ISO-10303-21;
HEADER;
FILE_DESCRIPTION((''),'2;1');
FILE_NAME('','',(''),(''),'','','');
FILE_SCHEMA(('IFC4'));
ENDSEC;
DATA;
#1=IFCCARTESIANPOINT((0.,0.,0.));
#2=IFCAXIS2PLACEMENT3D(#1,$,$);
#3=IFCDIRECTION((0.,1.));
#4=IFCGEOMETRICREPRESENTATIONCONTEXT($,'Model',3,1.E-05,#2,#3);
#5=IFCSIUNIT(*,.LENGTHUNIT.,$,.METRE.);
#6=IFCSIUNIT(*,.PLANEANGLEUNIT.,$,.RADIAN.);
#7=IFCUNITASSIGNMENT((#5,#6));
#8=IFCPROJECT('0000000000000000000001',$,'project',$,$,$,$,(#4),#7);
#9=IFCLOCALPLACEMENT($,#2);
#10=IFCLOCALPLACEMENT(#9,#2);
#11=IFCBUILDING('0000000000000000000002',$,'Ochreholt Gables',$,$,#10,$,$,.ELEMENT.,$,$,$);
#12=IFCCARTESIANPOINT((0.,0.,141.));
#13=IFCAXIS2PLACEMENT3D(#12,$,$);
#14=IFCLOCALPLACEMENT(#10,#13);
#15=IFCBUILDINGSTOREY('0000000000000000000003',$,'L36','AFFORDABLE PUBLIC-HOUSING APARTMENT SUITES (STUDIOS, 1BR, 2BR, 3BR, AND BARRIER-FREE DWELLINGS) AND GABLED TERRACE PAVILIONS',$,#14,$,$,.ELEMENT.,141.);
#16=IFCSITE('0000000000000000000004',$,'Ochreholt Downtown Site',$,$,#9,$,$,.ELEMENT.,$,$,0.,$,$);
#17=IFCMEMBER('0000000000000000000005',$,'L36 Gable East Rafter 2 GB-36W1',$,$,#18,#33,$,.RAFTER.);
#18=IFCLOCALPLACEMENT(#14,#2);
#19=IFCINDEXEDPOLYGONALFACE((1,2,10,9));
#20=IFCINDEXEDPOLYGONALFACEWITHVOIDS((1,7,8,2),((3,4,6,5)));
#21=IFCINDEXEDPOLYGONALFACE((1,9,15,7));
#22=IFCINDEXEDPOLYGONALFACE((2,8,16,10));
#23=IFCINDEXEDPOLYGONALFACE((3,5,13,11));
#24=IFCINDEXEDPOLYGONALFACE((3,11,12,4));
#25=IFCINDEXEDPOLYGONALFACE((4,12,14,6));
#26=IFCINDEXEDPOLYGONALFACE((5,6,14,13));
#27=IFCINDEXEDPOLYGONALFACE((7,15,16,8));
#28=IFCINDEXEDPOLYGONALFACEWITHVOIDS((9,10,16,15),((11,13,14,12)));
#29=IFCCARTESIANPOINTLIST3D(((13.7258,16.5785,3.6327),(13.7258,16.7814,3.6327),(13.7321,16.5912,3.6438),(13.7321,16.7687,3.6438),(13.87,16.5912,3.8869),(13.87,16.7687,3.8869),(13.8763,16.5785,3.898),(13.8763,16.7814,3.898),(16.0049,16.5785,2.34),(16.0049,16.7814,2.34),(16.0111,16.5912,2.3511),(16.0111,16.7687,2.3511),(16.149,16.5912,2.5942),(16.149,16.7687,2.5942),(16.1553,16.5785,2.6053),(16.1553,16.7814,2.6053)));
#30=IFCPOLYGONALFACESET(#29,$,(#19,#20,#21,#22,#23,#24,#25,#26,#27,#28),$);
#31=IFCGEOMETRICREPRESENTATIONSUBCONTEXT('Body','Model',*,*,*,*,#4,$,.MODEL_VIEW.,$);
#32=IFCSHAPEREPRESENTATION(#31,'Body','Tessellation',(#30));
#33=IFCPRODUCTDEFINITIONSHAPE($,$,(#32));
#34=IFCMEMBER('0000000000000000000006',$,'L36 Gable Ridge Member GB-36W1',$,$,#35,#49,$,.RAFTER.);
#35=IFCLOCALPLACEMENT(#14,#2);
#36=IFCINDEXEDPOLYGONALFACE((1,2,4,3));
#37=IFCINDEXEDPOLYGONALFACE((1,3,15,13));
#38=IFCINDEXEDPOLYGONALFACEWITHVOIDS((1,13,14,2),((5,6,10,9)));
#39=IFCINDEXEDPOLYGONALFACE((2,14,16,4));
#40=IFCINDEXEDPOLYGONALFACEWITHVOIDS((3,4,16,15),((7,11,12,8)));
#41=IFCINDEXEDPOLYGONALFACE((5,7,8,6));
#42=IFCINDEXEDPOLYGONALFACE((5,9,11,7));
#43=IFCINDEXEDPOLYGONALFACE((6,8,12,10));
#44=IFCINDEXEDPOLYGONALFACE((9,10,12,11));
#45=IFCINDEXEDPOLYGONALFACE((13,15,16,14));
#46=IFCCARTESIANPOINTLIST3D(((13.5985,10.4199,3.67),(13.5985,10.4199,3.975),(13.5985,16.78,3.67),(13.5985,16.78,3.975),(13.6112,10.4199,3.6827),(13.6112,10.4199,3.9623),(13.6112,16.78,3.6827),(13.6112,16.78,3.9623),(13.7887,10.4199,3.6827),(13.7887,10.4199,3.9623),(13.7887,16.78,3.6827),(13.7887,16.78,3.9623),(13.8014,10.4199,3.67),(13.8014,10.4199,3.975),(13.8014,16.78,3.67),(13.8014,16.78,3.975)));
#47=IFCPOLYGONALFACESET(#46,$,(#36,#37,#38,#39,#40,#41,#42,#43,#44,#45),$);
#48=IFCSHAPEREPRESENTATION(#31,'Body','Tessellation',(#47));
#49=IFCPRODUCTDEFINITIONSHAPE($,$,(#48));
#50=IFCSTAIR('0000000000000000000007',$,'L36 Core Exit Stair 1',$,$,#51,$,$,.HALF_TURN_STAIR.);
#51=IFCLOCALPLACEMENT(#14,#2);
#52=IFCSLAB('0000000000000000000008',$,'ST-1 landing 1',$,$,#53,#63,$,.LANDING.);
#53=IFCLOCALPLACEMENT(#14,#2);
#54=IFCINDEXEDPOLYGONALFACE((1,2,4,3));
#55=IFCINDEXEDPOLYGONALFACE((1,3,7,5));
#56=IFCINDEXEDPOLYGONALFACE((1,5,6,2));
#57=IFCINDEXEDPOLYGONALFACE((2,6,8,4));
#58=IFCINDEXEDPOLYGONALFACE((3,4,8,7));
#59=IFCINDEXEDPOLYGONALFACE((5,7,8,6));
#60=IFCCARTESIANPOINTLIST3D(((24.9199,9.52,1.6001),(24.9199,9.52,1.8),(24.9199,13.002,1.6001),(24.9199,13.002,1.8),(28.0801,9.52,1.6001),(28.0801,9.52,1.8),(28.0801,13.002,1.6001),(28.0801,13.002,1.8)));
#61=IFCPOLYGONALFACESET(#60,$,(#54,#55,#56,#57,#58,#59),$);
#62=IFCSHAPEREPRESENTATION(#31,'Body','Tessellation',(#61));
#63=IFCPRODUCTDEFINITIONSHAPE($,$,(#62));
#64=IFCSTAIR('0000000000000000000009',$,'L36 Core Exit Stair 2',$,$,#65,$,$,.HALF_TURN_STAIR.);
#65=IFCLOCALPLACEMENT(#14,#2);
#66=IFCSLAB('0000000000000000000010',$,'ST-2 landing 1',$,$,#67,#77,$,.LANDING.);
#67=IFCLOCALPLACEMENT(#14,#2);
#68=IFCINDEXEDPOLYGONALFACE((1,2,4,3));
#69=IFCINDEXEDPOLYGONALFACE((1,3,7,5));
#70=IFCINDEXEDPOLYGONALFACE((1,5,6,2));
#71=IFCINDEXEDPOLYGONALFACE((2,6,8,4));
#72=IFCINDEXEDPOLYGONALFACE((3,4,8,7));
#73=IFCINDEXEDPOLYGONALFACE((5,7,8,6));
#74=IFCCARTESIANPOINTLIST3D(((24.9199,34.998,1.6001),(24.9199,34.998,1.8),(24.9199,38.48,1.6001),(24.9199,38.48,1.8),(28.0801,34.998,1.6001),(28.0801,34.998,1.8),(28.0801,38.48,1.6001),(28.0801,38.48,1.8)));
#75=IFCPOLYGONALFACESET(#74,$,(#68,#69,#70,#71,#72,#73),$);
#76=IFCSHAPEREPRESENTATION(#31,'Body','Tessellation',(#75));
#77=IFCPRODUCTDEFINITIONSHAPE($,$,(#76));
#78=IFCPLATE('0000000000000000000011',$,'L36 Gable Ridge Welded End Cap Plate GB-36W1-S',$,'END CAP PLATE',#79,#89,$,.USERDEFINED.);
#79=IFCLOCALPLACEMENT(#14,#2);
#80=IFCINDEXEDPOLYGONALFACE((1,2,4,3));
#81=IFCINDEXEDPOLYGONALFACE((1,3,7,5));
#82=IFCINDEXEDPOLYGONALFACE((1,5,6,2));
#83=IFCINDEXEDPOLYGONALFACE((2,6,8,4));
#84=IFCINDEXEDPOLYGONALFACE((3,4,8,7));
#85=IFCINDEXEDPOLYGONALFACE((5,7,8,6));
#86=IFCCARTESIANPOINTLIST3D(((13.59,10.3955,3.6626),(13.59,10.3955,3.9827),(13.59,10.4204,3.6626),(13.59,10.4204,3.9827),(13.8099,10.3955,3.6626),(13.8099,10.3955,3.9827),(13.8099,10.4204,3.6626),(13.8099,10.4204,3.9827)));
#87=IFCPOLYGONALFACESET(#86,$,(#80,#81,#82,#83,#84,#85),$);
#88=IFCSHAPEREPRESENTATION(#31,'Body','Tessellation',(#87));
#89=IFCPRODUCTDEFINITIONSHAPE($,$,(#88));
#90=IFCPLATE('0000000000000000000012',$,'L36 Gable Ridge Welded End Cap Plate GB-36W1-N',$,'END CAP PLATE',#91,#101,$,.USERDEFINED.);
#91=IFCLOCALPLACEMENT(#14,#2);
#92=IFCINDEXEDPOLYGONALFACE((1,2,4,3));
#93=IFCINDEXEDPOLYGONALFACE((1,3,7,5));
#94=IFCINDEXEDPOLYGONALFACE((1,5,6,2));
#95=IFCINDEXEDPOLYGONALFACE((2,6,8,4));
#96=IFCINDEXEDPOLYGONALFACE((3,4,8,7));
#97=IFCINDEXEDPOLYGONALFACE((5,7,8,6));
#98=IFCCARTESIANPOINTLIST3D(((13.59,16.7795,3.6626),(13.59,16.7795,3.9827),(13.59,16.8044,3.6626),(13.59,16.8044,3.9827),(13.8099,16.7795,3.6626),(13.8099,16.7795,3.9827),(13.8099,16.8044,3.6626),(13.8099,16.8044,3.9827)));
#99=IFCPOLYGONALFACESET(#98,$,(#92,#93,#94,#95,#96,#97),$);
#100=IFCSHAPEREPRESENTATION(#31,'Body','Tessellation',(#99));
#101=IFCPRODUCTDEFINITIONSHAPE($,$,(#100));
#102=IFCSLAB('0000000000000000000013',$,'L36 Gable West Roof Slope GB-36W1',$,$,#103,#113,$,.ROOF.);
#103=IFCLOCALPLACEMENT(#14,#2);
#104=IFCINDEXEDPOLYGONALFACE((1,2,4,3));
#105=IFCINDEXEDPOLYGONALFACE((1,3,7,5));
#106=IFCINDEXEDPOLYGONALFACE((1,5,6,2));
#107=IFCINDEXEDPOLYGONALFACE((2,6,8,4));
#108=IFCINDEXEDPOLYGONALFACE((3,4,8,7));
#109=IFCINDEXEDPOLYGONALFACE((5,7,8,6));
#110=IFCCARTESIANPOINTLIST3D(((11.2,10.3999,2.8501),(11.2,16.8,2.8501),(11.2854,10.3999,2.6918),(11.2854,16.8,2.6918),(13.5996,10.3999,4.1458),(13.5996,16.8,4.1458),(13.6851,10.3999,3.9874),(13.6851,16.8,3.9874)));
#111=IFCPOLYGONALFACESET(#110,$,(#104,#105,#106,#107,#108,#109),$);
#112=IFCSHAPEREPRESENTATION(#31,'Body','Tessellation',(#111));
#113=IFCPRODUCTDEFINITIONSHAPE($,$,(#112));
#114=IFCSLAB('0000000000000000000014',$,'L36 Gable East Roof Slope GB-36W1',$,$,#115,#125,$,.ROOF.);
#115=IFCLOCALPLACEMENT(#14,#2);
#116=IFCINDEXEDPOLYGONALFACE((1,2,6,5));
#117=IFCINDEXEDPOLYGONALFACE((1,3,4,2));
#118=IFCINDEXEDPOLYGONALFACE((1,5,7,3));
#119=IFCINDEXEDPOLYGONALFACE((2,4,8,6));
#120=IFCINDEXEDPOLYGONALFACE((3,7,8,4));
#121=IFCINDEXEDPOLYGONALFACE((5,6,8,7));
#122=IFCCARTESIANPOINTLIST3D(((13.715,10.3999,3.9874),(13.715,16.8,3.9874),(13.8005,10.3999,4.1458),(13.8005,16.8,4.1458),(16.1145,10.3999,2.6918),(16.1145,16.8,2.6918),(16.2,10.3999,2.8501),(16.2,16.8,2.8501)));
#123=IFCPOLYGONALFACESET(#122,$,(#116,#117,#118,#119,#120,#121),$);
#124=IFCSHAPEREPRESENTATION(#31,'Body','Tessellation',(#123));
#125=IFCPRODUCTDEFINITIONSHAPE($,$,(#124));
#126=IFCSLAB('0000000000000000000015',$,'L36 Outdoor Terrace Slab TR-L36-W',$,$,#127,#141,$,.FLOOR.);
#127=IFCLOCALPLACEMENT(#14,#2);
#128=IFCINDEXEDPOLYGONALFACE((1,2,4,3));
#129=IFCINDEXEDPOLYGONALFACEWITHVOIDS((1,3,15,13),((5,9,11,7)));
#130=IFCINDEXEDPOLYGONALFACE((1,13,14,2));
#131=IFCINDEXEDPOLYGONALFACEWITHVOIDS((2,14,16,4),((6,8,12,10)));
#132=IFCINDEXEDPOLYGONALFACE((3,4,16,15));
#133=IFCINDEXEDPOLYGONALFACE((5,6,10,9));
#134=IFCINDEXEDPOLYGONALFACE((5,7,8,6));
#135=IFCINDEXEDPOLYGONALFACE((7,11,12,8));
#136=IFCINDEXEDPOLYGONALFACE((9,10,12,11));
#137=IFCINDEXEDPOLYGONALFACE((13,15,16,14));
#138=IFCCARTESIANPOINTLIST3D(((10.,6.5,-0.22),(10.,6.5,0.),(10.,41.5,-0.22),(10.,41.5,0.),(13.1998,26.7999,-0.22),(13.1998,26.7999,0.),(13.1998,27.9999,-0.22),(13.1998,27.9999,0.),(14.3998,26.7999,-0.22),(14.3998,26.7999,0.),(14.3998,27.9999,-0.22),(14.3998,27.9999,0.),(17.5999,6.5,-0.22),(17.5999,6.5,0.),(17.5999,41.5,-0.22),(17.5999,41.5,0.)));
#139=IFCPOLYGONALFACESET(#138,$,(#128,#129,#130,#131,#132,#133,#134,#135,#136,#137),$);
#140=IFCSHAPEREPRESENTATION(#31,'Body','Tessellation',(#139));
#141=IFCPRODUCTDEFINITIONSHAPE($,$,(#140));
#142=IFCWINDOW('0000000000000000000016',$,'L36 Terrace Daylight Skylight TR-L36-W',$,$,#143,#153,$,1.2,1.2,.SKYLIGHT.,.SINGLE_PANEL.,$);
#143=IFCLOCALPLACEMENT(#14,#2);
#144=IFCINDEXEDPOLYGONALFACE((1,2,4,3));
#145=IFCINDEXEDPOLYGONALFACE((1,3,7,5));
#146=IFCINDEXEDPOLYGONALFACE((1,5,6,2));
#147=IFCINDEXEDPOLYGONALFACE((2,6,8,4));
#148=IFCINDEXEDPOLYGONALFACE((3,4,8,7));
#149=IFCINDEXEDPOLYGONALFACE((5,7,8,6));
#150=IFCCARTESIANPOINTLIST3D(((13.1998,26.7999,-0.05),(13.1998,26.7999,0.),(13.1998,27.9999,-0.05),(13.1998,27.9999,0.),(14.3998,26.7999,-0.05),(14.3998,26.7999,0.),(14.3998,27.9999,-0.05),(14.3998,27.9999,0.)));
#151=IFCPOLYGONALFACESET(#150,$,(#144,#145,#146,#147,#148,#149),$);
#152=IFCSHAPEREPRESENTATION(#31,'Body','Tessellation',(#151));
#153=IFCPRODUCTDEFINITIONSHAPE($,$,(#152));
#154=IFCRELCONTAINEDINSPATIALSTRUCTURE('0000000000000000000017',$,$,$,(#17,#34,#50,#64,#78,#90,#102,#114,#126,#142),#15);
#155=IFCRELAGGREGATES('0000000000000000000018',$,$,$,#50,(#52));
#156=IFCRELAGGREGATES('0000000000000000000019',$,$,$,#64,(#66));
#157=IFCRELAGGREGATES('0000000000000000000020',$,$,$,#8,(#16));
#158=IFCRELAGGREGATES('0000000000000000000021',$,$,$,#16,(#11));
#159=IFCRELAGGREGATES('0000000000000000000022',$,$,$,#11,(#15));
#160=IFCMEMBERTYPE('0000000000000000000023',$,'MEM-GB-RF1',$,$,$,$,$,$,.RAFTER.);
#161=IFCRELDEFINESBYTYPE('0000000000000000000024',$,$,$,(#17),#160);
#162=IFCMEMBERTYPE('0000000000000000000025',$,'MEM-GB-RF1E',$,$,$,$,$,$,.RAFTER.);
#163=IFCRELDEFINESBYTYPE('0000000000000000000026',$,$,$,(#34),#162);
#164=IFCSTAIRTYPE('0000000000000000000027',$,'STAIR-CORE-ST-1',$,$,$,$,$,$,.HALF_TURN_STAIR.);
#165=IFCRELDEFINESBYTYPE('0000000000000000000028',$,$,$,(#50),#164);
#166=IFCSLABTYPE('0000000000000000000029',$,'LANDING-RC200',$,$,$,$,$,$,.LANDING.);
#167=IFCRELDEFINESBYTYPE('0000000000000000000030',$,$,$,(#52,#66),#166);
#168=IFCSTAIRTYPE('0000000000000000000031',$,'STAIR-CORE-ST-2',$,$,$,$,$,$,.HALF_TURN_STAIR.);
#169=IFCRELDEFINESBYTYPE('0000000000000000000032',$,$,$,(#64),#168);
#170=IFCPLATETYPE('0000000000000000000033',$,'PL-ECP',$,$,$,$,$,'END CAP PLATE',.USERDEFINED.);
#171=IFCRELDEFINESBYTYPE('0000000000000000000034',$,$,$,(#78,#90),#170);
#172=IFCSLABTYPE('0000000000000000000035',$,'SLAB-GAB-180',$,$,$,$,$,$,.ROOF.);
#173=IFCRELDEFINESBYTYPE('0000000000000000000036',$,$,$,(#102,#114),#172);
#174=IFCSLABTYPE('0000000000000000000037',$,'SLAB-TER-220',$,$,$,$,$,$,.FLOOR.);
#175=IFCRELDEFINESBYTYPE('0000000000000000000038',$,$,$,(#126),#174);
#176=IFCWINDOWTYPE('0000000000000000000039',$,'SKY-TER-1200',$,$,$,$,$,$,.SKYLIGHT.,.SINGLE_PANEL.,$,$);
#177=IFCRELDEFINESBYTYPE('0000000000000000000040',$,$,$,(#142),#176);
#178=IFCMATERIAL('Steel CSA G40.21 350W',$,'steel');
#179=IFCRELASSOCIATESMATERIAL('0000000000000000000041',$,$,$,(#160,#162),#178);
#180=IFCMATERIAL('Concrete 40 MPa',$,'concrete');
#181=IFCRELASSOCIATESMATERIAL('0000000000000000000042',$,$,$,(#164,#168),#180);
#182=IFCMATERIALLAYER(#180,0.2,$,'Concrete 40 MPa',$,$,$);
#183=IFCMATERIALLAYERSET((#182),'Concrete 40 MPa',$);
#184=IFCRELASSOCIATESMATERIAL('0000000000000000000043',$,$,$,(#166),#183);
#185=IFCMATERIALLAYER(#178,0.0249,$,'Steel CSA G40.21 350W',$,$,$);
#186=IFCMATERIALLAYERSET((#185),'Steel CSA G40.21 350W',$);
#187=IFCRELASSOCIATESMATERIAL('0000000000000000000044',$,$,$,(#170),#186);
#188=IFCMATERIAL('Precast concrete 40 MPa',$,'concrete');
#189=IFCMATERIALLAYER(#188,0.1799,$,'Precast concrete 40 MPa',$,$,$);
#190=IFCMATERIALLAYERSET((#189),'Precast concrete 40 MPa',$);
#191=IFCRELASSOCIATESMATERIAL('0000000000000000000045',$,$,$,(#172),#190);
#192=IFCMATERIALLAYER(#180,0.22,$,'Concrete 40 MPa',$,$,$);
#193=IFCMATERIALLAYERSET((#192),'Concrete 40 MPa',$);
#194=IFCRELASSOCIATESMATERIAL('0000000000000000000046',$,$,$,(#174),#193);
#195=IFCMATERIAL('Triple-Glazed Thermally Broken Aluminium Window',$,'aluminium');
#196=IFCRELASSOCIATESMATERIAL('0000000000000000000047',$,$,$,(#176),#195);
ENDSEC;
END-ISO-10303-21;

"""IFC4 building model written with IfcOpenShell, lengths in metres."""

from ifc_helpers import new_model, si_unit, direction, frame, origin, origin_2d, place, context, subcontext, project, spatial, polyline, rectangle, hollow_rectangle, outline, extrude, material, layer, layer_set, material_profile, profile_set, type_object, element, fill, aggregate, save


model = new_model("IFC4")

# Units and contexts
model_context = context("Model", 3, precision=1e-05, world=origin(), true_north=direction((0.0, 1.0)))
body_context = subcontext(model_context, "Body", "Model", "MODEL_VIEW")
ifc_project = project(units=[si_unit("LENGTHUNIT", "METRE"), si_unit("PLANEANGLEUNIT", "RADIAN")], contexts=[model_context])

# Site, building, storey
site_placement = place(None, origin())
site = spatial("IfcSite", under=ifc_project, at=site_placement, Name="Ochreholt Downtown Site", CompositionType="ELEMENT", RefElevation=0.0)
building_placement = place(site_placement, origin())
building = spatial("IfcBuilding", under=site, at=building_placement, Name="Ochreholt Gables", CompositionType="ELEMENT")
storey_placement = place(building_placement, frame((0.0, 0.0, 141.0)))
storey = spatial("IfcBuildingStorey", under=building, at=storey_placement, Name="L36", Description="AFFORDABLE PUBLIC-HOUSING APARTMENT SUITES (STUDIOS, 1BR, 2BR, 3BR, AND BARRIER-FREE DWELLINGS) AND GABLED TERRACE PAVILIONS", CompositionType="ELEMENT", Elevation=141.0)

# Members
ifc_material_1 = material(Name="Steel CSA G40.21 350W", Category="steel")
ifc_material_profile_1 = material_profile(ifc_material_1, hollow_rectangle(XDim=0.2029, YDim=0.3049, WallThickness=0.0127, at=origin_2d()), Name="HSS305X203X13")
ifc_profile_set_1 = profile_set([ifc_material_profile_1], Name="Steel CSA G40.21 350W")
member_type_1 = type_object("IfcMemberType", Name="MEM-GB-RF1", PredefinedType="RAFTER", material=ifc_profile_set_1)
member_1_placement = place(storey_placement, frame((16.0801, 16.6799, 2.4727), z_axis=(-0.869816, 0.0, 0.493377), x_axis=(0.0, -1.0, 0.0)))
element("IfcMember", 1, at=member_1_placement, inside=storey, type_object=member_type_1, Name="L36 Gable East Rafter 2 GB-36W1", PredefinedType="RAFTER", context=body_context, shape_type="SweptSolid", body=[
    extrude(hollow_rectangle(XDim=0.2029, YDim=0.3049, WallThickness=0.0127, at=origin_2d()), origin(), (0.0, 0.0, 1.0), 2.6201),
])
ifc_material_profile_2 = material_profile(ifc_material_1, hollow_rectangle(XDim=0.2029, YDim=0.3049, WallThickness=0.0127, at=origin_2d()), Name="HSS305X203X13")
ifc_profile_set_2 = profile_set([ifc_material_profile_2], Name="Steel CSA G40.21 350W")
member_type_2 = type_object("IfcMemberType", Name="MEM-GB-RF1E", PredefinedType="RAFTER", material=ifc_profile_set_2)
member_2_placement = place(storey_placement, frame((13.7, 10.4199, 3.8225), z_axis=(0.0, 1.0, 0.0), x_axis=(-1.0, 0.0, 0.0)))
element("IfcMember", 2, at=member_2_placement, inside=storey, type_object=member_type_2, Name="L36 Gable Ridge Member GB-36W1", PredefinedType="RAFTER", context=body_context, shape_type="SweptSolid", body=[
    extrude(hollow_rectangle(XDim=0.2029, YDim=0.3049, WallThickness=0.0127, at=origin_2d()), origin(), (0.0, 0.0, 1.0), 6.3601),
])

# Stairs, slabs
ifc_material_2 = material(Name="Concrete 40 MPa", Category="concrete")
stair_type_1 = type_object("IfcStairType", Name="STAIR-CORE-ST-1", PredefinedType="HALF_TURN_STAIR", material=ifc_material_2)
stair_1_placement = place(storey_placement, origin())
stair_1 = element("IfcStair", 3, at=stair_1_placement, inside=storey, type_object=stair_type_1, Name="L36 Core Exit Stair 1", PredefinedType="HALF_TURN_STAIR")
ifc_layer_1 = layer(ifc_material_2, 0.2, Name="Concrete 40 MPa")
ifc_layer_set_1 = layer_set([ifc_layer_1], Name="Concrete 40 MPa")
slab_type_1 = type_object("IfcSlabType", Name="LANDING-RC200", PredefinedType="LANDING", material=ifc_layer_set_1)
slab_1_placement = place(storey_placement, frame((0.0, 0.0, 1.6001)))
slab_1 = element("IfcSlab", 4, at=slab_1_placement, type_object=slab_type_1, Name="ST-1 landing 1", PredefinedType="LANDING", context=body_context, shape_type="SweptSolid", body=[
    extrude(outline(polyline([(24.9199, 13.002), (24.9199, 9.52), (28.0801, 9.52), (28.0801, 13.002), (24.9199, 13.002)])), origin(), (0.0, 0.0, 1.0), 0.2),
])
aggregate(stair_1, [slab_1])
stair_type_2 = type_object("IfcStairType", Name="STAIR-CORE-ST-2", PredefinedType="HALF_TURN_STAIR", material=ifc_material_2)
stair_2_placement = place(storey_placement, origin())
stair_2 = element("IfcStair", 5, at=stair_2_placement, inside=storey, type_object=stair_type_2, Name="L36 Core Exit Stair 2", PredefinedType="HALF_TURN_STAIR")
slab_2_placement = place(storey_placement, frame((0.0, 0.0, 1.6001)))
slab_2 = element("IfcSlab", 6, at=slab_2_placement, type_object=slab_type_1, Name="ST-2 landing 1", PredefinedType="LANDING", context=body_context, shape_type="SweptSolid", body=[
    extrude(outline(polyline([(28.0801, 34.998), (28.0801, 38.48), (24.9199, 38.48), (24.9199, 34.998), (28.0801, 34.998)])), origin(), (0.0, 0.0, 1.0), 0.2),
])
aggregate(stair_2, [slab_2])

# Plates
ifc_layer_2 = layer(ifc_material_1, 0.0249, Name="Steel CSA G40.21 350W")
ifc_layer_set_2 = layer_set([ifc_layer_2], Name="Steel CSA G40.21 350W")
plate_type = type_object("IfcPlateType", Name="PL-ECP", ElementType="END CAP PLATE", PredefinedType="USERDEFINED", material=ifc_layer_set_2)
for number, where, z_axis, x_axis, name in (
    (7, (13.7, 10.408, 3.6626), (0.0, 0.0, 1.0), (1.0, 0.0, 0.0), "L36 Gable Ridge Welded End Cap Plate GB-36W1-S"),
    (8, (13.7, 16.792, 3.6626), (0.0, 0.0, 1.0), (1.0, 0.0, 0.0), "L36 Gable Ridge Welded End Cap Plate GB-36W1-N"),
):
    element("IfcPlate", number, at=place(storey_placement, frame(where, z_axis=z_axis, x_axis=x_axis)), inside=storey, type_object=plate_type, Name=name, ObjectType="END CAP PLATE", PredefinedType="USERDEFINED", context=body_context, shape_type="SweptSolid", body=[
        extrude(rectangle(XDim=0.22, YDim=0.0249, at=origin_2d()), origin(), (0.0, 0.0, 1.0), 0.3201),
    ])

# Slabs
ifc_material_3 = material(Name="Precast concrete 40 MPa", Category="concrete")
ifc_layer_3 = layer(ifc_material_3, 0.1799, Name="Precast concrete 40 MPa")
ifc_layer_set_3 = layer_set([ifc_layer_3], Name="Precast concrete 40 MPa")
slab_type_2 = type_object("IfcSlabType", Name="SLAB-GAB-180", PredefinedType="ROOF", material=ifc_layer_set_3)
slab_3_placement = place(storey_placement, frame((11.2, 10.3999, 2.8501), z_axis=(-0.475103, 0.0, 0.87993), x_axis=(0.87993, 0.0, 0.475103)))
element("IfcSlab", 9, at=slab_3_placement, inside=storey, type_object=slab_type_2, Name="L36 Gable West Roof Slope GB-36W1", PredefinedType="ROOF", context=body_context, shape_type="SweptSolid", body=[
    extrude(outline(polyline([(0.0, 0.0), (2.7271, 0.0), (2.7271, 6.4001), (0.0, 6.4001), (0.0, 0.0)])), origin(), (0.0, 0.0, -1.0), 0.1799),
])
slab_4_placement = place(storey_placement, frame((13.8005, 10.3999, 4.1458), z_axis=(0.475141, 0.0, 0.87991), x_axis=(0.87991, 0.0, -0.475141)))
element("IfcSlab", 10, at=slab_4_placement, inside=storey, type_object=slab_type_2, Name="L36 Gable East Roof Slope GB-36W1", PredefinedType="ROOF", context=body_context, shape_type="SweptSolid", body=[
    extrude(outline(polyline([(0.0, 0.0), (2.7269, 0.0), (2.7269, 6.4001), (0.0, 6.4001), (0.0, 0.0)])), origin(), (0.0, 0.0, -1.0), 0.1799),
])

# Slab, opening, window
ifc_layer_4 = layer(ifc_material_2, 0.22, Name="Concrete 40 MPa")
ifc_layer_set_4 = layer_set([ifc_layer_4], Name="Concrete 40 MPa")
slab_type_3 = type_object("IfcSlabType", Name="SLAB-TER-220", PredefinedType="FLOOR", material=ifc_layer_set_4)
slab_5_placement = place(storey_placement, frame((0.0, 0.0, -0.22)))
slab_5 = element("IfcSlab", 11, at=slab_5_placement, inside=storey, type_object=slab_type_3, Name="L36 Outdoor Terrace Slab TR-L36-W", PredefinedType="FLOOR", context=body_context, shape_type="SweptSolid", body=[
    extrude(outline(polyline([(10.0, 6.5), (17.5999, 6.5), (17.5999, 41.5), (10.0, 41.5), (10.0, 6.5)])), origin(), (0.0, 0.0, 1.0), 0.22),
])
opening_1_placement = place(slab_5_placement, frame((13.7998, 27.3999, 0.0)))
opening_1 = element("IfcOpeningElement", 12, at=opening_1_placement, cuts=slab_5, PredefinedType="OPENING", context=body_context, shape_type="SweptSolid", body=[
    extrude(rectangle(XDim=1.2, YDim=1.2, at=origin_2d()), frame((0.0, 0.0, -0.01)), (0.0, 0.0, 1.0), 0.24),
])
ifc_material_4 = material(Name="Triple-Glazed Thermally Broken Aluminium Window", Category="aluminium")
window_type_1 = type_object("IfcWindowType", Name="SKY-TER-1200", PartitioningType="SINGLE_PANEL", PredefinedType="SKYLIGHT", material=ifc_material_4)
window_1_placement = place(opening_1_placement, frame((0.0, 0.0, 0.1699)))
window_1 = element("IfcWindow", 13, at=window_1_placement, inside=storey, type_object=window_type_1, Name="L36 Terrace Daylight Skylight TR-L36-W", OverallHeight=1.2, OverallWidth=1.2, PartitioningType="SINGLE_PANEL", PredefinedType="SKYLIGHT", context=body_context, shape_type="SweptSolid", body=[
    extrude(rectangle(XDim=1.2, YDim=1.2, at=origin_2d()), origin(), (0.0, 0.0, 1.0), 0.05),
])
fill(opening_1, window_1)

save(model, "model.ifc")
